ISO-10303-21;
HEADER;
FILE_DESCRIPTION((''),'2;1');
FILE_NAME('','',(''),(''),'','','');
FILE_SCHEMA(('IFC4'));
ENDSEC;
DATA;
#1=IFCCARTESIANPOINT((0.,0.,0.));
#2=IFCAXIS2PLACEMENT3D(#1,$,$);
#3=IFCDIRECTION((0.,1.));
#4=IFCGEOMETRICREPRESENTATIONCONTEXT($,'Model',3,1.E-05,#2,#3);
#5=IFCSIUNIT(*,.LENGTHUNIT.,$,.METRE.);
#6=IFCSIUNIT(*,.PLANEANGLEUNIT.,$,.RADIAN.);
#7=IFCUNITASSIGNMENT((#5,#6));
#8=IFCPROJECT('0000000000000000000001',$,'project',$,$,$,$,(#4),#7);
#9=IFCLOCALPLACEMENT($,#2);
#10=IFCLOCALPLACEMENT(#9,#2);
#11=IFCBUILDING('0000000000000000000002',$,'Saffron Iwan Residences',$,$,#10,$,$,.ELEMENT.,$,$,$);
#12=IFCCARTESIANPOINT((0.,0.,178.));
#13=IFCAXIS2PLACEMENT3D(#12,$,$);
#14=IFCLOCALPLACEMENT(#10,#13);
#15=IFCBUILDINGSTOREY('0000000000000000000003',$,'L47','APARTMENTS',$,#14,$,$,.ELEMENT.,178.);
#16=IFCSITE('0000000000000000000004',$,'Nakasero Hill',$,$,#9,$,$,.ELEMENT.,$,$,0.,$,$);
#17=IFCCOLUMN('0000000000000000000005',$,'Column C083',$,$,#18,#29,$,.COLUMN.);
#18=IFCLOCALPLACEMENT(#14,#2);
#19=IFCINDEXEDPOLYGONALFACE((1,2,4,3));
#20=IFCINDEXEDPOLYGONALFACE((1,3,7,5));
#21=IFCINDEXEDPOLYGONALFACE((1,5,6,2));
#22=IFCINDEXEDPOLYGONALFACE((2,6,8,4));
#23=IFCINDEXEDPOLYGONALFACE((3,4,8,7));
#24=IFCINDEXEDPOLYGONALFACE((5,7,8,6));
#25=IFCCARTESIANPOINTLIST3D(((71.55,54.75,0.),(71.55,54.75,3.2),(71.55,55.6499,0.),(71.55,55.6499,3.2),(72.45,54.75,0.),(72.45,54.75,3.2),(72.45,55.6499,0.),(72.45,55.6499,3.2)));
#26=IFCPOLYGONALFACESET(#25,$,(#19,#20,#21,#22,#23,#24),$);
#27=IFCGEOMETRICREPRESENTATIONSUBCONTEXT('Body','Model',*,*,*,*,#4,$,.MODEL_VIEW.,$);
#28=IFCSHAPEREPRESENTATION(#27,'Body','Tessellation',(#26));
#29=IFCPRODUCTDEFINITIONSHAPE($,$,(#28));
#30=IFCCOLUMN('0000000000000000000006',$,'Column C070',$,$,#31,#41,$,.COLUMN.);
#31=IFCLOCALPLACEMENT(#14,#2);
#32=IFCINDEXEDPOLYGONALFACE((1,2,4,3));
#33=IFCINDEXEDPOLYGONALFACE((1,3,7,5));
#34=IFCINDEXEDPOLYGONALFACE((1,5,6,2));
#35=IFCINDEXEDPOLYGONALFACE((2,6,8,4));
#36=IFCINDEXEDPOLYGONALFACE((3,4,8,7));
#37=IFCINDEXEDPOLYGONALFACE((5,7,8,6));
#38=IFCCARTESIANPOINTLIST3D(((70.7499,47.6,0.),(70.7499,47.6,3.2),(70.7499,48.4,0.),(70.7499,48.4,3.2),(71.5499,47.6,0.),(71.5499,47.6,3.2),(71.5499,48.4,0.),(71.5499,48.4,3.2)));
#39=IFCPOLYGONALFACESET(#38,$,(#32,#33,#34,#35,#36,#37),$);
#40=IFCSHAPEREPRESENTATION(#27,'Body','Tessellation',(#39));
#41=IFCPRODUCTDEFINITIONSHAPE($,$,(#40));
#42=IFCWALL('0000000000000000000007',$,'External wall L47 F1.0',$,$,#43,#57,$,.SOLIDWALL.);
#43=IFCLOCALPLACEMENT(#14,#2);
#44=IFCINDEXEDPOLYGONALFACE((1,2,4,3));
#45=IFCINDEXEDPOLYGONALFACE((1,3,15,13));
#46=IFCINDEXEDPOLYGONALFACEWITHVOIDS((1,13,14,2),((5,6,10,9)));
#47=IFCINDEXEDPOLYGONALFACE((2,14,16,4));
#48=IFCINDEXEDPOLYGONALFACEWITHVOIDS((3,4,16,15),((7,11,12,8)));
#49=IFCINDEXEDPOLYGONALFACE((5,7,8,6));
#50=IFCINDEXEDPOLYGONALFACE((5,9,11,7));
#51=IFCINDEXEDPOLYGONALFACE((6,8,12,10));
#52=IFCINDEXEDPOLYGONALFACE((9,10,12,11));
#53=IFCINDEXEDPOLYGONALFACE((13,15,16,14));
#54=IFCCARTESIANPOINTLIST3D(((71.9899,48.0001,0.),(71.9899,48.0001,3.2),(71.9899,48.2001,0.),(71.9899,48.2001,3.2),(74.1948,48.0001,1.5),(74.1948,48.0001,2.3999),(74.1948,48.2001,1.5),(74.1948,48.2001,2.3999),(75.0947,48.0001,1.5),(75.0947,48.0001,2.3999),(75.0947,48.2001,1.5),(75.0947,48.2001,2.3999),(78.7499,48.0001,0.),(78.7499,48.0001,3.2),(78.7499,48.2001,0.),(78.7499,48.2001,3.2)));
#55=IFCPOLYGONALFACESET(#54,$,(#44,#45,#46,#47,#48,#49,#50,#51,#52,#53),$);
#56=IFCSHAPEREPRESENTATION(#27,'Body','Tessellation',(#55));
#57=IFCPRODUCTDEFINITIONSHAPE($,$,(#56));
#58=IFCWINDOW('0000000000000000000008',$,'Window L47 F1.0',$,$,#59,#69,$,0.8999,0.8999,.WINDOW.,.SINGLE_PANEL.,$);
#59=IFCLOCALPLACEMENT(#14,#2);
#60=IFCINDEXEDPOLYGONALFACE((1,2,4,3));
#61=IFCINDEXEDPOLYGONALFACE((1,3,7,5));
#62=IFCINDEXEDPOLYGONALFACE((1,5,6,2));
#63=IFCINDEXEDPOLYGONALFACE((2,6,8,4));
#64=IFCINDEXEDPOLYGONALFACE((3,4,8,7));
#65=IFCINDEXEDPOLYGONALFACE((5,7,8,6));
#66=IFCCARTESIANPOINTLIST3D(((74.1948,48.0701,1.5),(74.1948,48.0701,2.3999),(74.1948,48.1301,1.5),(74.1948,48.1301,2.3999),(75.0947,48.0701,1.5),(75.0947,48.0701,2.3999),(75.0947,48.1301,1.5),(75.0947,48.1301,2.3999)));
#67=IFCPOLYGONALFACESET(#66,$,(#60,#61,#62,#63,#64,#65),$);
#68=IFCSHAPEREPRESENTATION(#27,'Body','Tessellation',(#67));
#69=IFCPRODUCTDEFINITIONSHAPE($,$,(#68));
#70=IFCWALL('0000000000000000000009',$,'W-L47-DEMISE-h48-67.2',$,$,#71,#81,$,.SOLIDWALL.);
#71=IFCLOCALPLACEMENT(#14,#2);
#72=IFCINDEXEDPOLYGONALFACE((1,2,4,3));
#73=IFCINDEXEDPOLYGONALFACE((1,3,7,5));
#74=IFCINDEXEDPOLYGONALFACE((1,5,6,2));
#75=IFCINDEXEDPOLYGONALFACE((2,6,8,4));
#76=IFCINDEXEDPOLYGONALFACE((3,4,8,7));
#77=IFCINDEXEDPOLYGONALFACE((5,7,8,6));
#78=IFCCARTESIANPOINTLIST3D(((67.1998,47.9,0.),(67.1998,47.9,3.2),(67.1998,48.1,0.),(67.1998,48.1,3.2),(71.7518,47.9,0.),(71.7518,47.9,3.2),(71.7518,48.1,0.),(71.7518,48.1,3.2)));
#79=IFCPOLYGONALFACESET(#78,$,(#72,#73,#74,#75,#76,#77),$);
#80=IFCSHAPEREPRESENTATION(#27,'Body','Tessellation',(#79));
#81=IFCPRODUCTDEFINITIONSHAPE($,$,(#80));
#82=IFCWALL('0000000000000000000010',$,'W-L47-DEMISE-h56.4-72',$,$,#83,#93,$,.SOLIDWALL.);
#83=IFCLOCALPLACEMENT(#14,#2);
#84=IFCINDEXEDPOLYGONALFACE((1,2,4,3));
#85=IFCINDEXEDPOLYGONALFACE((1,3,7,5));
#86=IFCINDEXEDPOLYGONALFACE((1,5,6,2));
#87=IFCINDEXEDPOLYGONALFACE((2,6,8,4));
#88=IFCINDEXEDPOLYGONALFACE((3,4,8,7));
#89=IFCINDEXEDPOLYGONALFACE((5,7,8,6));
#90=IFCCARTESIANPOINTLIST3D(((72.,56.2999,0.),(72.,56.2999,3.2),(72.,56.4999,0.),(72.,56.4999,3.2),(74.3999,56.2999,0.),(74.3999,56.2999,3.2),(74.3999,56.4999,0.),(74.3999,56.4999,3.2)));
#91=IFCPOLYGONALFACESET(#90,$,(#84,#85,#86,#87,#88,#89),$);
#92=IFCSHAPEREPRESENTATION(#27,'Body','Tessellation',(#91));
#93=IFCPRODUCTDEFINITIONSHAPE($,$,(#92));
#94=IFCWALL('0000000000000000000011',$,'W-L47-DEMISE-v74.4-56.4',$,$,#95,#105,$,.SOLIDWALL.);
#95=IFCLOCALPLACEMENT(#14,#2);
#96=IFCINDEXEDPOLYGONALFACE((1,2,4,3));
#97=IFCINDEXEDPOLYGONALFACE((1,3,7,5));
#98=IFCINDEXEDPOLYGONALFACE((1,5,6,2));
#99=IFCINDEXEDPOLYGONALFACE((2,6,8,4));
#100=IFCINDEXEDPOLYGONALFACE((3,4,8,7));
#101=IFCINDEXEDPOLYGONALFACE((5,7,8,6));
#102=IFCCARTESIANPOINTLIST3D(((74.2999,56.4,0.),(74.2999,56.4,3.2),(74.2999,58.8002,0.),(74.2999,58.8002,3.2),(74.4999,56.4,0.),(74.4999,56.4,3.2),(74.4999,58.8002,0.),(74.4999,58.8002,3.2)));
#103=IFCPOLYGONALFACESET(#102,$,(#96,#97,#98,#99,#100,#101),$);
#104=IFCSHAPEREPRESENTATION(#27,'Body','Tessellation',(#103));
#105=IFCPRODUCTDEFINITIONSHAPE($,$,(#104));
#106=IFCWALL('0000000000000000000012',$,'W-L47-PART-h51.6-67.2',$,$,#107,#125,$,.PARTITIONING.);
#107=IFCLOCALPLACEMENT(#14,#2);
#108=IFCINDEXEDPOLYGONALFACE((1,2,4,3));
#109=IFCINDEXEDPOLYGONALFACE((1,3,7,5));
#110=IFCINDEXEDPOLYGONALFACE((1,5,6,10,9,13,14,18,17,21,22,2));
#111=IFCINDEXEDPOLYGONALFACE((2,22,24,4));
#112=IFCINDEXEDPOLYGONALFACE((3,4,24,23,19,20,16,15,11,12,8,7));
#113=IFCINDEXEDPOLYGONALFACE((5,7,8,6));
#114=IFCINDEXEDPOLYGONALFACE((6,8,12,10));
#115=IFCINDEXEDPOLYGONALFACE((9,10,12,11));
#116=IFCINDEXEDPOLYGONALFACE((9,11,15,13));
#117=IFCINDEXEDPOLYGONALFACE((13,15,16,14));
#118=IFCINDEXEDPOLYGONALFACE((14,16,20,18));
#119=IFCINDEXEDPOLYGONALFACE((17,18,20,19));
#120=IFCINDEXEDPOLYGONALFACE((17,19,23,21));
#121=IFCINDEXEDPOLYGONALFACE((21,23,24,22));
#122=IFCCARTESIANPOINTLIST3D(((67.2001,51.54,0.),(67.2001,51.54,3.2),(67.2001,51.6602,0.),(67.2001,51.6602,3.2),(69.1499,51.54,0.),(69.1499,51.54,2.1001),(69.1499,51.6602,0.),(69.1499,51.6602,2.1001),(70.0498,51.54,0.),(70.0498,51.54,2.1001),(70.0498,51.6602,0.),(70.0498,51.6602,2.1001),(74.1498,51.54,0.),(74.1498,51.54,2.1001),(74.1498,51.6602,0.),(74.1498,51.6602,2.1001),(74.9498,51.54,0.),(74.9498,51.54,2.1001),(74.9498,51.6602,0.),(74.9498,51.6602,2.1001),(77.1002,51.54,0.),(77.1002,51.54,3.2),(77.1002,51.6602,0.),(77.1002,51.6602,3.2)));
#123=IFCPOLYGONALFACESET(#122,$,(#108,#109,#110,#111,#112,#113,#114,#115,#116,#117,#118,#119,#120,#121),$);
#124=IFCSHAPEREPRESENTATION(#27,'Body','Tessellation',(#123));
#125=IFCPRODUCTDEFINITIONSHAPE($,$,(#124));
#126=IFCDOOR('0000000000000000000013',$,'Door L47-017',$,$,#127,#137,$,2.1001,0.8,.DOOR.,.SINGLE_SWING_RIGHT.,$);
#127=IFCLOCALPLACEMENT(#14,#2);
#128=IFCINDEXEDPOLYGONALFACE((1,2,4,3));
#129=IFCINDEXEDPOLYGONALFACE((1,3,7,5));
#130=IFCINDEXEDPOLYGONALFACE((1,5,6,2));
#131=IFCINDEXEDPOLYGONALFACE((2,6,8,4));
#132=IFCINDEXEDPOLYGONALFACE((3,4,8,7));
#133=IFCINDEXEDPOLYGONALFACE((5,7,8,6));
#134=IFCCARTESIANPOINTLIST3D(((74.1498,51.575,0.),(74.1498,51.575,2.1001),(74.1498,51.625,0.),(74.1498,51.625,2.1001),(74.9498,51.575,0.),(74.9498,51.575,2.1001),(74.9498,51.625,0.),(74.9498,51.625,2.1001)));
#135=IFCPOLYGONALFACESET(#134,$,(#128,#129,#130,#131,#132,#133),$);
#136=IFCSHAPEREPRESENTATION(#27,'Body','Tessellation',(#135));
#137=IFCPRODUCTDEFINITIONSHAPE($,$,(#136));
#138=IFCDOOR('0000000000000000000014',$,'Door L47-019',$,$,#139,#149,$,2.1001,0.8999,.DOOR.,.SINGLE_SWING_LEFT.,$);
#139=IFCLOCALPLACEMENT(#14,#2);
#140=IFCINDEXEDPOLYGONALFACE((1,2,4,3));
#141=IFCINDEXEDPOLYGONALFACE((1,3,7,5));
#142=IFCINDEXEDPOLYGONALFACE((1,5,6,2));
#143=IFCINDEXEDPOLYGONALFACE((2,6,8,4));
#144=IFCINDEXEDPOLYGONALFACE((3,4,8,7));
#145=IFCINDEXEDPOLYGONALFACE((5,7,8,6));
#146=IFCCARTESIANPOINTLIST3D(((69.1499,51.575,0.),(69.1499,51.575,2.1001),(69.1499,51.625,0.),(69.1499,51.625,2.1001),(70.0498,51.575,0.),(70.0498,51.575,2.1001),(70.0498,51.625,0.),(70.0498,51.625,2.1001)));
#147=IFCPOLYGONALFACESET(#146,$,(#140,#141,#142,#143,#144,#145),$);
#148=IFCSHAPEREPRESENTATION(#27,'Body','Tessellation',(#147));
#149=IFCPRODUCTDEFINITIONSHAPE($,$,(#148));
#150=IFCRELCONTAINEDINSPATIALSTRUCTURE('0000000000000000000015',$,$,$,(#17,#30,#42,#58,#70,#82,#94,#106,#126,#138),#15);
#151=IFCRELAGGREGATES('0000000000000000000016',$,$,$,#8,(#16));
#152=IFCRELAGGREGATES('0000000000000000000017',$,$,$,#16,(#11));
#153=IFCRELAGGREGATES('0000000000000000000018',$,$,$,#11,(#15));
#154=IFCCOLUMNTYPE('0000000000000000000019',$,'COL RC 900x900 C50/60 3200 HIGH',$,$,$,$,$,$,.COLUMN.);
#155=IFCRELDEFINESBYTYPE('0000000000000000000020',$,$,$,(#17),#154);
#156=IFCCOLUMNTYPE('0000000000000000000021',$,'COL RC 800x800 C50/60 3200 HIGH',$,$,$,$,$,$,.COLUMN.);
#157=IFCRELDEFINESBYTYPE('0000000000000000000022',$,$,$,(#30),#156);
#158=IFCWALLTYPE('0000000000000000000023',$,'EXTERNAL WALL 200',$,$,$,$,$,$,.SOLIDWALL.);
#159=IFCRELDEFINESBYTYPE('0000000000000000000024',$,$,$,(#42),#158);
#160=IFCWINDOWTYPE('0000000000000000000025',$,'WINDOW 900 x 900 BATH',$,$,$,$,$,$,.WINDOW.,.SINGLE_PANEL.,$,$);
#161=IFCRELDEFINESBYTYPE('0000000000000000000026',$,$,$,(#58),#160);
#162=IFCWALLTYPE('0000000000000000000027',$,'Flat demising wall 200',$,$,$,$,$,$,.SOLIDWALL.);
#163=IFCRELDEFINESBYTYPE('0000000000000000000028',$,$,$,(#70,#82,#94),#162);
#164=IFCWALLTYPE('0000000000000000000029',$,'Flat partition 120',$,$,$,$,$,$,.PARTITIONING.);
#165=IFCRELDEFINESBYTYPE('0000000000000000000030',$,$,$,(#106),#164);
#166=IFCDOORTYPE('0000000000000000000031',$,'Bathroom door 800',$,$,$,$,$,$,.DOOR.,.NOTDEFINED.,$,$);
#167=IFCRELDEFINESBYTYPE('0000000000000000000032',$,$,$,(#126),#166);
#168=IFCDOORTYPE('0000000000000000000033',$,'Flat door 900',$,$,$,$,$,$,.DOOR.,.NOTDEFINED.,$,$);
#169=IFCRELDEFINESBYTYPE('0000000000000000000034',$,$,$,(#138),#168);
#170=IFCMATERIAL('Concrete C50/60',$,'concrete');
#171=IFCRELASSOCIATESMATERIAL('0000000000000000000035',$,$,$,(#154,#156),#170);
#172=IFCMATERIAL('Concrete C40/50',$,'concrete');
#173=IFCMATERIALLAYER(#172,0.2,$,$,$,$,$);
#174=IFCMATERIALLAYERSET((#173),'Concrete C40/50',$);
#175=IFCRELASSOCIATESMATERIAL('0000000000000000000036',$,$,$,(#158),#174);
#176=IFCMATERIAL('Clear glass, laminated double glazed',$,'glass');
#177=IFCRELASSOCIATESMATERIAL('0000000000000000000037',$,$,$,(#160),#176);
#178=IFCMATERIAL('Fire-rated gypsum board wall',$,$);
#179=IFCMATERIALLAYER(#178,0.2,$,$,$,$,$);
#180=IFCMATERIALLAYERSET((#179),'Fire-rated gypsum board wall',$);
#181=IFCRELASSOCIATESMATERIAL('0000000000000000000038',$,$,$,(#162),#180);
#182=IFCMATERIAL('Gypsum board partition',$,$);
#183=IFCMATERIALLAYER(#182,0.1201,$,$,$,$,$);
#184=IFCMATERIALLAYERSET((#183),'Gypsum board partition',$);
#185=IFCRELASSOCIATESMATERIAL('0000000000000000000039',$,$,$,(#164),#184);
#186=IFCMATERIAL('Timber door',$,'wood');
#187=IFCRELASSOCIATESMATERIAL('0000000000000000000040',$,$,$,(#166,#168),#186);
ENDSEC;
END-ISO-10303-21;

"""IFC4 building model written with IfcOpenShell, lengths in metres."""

from ifc_helpers import new_model, si_unit, direction, frame, frame_2d, origin, origin_2d, place, context, subcontext, project, spatial, rectangle, extrude, source, transform, mapped, material, layer, layer_set, material_profile, profile_set, type_object, element, fill, save


model = new_model("IFC4")

# Units and contexts
model_context = context("Model", 3, precision=1e-05, world=origin(), true_north=direction((0.0, 1.0)))
body_context = subcontext(model_context, "Body", "Model", "MODEL_VIEW")
ifc_project = project(units=[si_unit("LENGTHUNIT", "METRE"), si_unit("PLANEANGLEUNIT", "RADIAN")], contexts=[model_context])

# Site, building, storey
site_placement = place(None, origin())
site = spatial("IfcSite", under=ifc_project, at=site_placement, Name="Nakasero Hill", CompositionType="ELEMENT", RefElevation=0.0)
building_placement = place(site_placement, origin())
building = spatial("IfcBuilding", under=site, at=building_placement, Name="Saffron Iwan Residences", CompositionType="ELEMENT")
storey_placement = place(building_placement, frame((0.0, 0.0, 178.0)))
storey = spatial("IfcBuildingStorey", under=building, at=storey_placement, Name="L47", Description="APARTMENTS", CompositionType="ELEMENT", Elevation=178.0)

# Columns
ifc_material_1 = material(Name="Concrete C50/60", Category="concrete")
ifc_material_profile_1 = material_profile(ifc_material_1, rectangle(XDim=0.8999, YDim=0.8999, at=origin_2d()), Name="RC 900x900")
ifc_profile_set_1 = profile_set([ifc_material_profile_1], Name="Concrete C50/60")
column_type_1 = type_object("IfcColumnType", Name="COL RC 900x900 C50/60 3200 HIGH", PredefinedType="COLUMN", material=ifc_profile_set_1)
shared_shape_1 = source(origin(), body_context, "Body", "SweptSolid", [
    extrude(rectangle(XDim=0.8999, YDim=0.8999, at=origin_2d()), origin(), (0.0, 0.0, 1.0), 3.2),
])
column_1_placement = place(storey_placement, frame((72.0, 55.2, 0.0), z_axis=(0.0, 0.0, 1.0), x_axis=(1.0, 0.0, 0.0)))
element("IfcColumn", 1, at=column_1_placement, inside=storey, type_object=column_type_1, Name="Column C083", PredefinedType="COLUMN", context=body_context, shape_type="MappedRepresentation", body=[
    mapped(shared_shape_1, transform((0.0, 0.0, 0.0))),
])
ifc_material_profile_2 = material_profile(ifc_material_1, rectangle(XDim=0.8, YDim=0.8, at=origin_2d()), Name="RC 800x800")
ifc_profile_set_2 = profile_set([ifc_material_profile_2], Name="Concrete C50/60")
column_type_2 = type_object("IfcColumnType", Name="COL RC 800x800 C50/60 3200 HIGH", PredefinedType="COLUMN", material=ifc_profile_set_2)
shared_shape_2 = source(origin(), body_context, "Body", "SweptSolid", [
    extrude(rectangle(XDim=0.8, YDim=0.8, at=origin_2d()), origin(), (0.0, 0.0, 1.0), 3.2),
])
column_2_placement = place(storey_placement, frame((71.1499, 48.0, 0.0), z_axis=(0.0, 0.0, 1.0), x_axis=(1.0, 0.0, 0.0)))
element("IfcColumn", 2, at=column_2_placement, inside=storey, type_object=column_type_2, Name="Column C070", PredefinedType="COLUMN", context=body_context, shape_type="MappedRepresentation", body=[
    mapped(shared_shape_2, transform((0.0, 0.0, 0.0))),
])

# Wall, opening, window
ifc_material_2 = material(Name="Concrete C40/50", Category="concrete")
ifc_layer_1 = layer(ifc_material_2, 0.2)
ifc_layer_set_1 = layer_set([ifc_layer_1], Name="Concrete C40/50")
wall_type_1 = type_object("IfcWallType", Name="EXTERNAL WALL 200", PredefinedType="SOLIDWALL", material=ifc_layer_set_1)
wall_1_placement = place(storey_placement, frame((71.99, 48.1001, 0.0), z_axis=(0.0, 0.0, 1.0), x_axis=(1.0, 0.0, 0.0)))
wall_1 = element("IfcWall", 3, at=wall_1_placement, inside=storey, type_object=wall_type_1, Name="External wall L47 F1.0", PredefinedType="SOLIDWALL", context=body_context, shape_type="SweptSolid", body=[
    extrude(rectangle(XDim=6.76, YDim=0.2, at=frame_2d((3.3799, 0.0))), origin(), (0.0, 0.0, 1.0), 3.2),
])
opening_1_placement = place(wall_1_placement, frame((2.2048, 0.0, 1.5)))
opening_1 = element("IfcOpeningElement", 4, at=opening_1_placement, cuts=wall_1, PredefinedType="OPENING", context=body_context, shape_type="SweptSolid", body=[
    extrude(rectangle(XDim=0.8999, YDim=0.8999, at=frame_2d((0.45, 0.45))), frame((0.0, 0.1099, 0.0), z_axis=(0.0, -1.0, 0.0), x_axis=(1.0, 0.0, 0.0)), (0.0, 0.0, 1.0), 0.22),
])
ifc_material_3 = material(Name="Clear glass, laminated double glazed", Category="glass")
window_type = type_object("IfcWindowType", Name="WINDOW 900 x 900 BATH", PartitioningType="SINGLE_PANEL", PredefinedType="WINDOW", material=ifc_material_3)
window_placement = place(opening_1_placement, origin())
window = element("IfcWindow", 5, at=window_placement, inside=storey, type_object=window_type, Name="Window L47 F1.0", OverallHeight=0.8999, OverallWidth=0.8999, PartitioningType="SINGLE_PANEL", PredefinedType="WINDOW", context=body_context, shape_type="SweptSolid", body=[
    extrude(rectangle(XDim=0.8999, YDim=0.8999, at=frame_2d((0.45, 0.45))), frame((0.0, 0.03, 0.0), z_axis=(0.0, -1.0, 0.0), x_axis=(1.0, 0.0, 0.0)), (0.0, 0.0, 1.0), 0.0601),
])
fill(opening_1, window)

# Walls
ifc_material_4 = material(Name="Fire-rated gypsum board wall")
ifc_layer_2 = layer(ifc_material_4, 0.2)
ifc_layer_set_2 = layer_set([ifc_layer_2], Name="Fire-rated gypsum board wall")
wall_type_2 = type_object("IfcWallType", Name="Flat demising wall 200", PredefinedType="SOLIDWALL", material=ifc_layer_set_2)
wall_2_placement = place(storey_placement, frame((67.2, 48.0, 0.0), z_axis=(0.0, 0.0, 1.0), x_axis=(1.0, 0.0, 0.0)))
element("IfcWall", 6, at=wall_2_placement, inside=storey, type_object=wall_type_2, Name="W-L47-DEMISE-h48-67.2", PredefinedType="SOLIDWALL", context=body_context, shape_type="SweptSolid", body=[
    extrude(rectangle(XDim=4.552, YDim=0.2, at=frame_2d((2.2759, 0.0))), origin(), (0.0, 0.0, 1.0), 3.2),
])
wall_3_placement = place(storey_placement, frame((72.0, 56.3999, 0.0), z_axis=(0.0, 0.0, 1.0), x_axis=(1.0, 0.0, 0.0)))
element("IfcWall", 7, at=wall_3_placement, inside=storey, type_object=wall_type_2, Name="W-L47-DEMISE-h56.4-72", PredefinedType="SOLIDWALL", context=body_context, shape_type="SweptSolid", body=[
    extrude(rectangle(XDim=2.3999, YDim=0.2, at=frame_2d((1.2, 0.0))), origin(), (0.0, 0.0, 1.0), 3.2),
])
wall_4_placement = place(storey_placement, frame((74.3999, 56.3999, 0.0), z_axis=(0.0, 0.0, 1.0), x_axis=(0.0, 1.0, 0.0)))
element("IfcWall", 8, at=wall_4_placement, inside=storey, type_object=wall_type_2, Name="W-L47-DEMISE-v74.4-56.4", PredefinedType="SOLIDWALL", context=body_context, shape_type="SweptSolid", body=[
    extrude(rectangle(XDim=2.4001, YDim=0.2, at=frame_2d((1.2002, 0.0))), origin(), (0.0, 0.0, 1.0), 3.2),
])

# Wall, openings, doors
ifc_material_5 = material(Name="Gypsum board partition")
ifc_layer_3 = layer(ifc_material_5, 0.1201)
ifc_layer_set_3 = layer_set([ifc_layer_3], Name="Gypsum board partition")
wall_type_3 = type_object("IfcWallType", Name="Flat partition 120", PredefinedType="PARTITIONING", material=ifc_layer_set_3)
wall_5_placement = place(storey_placement, frame((67.2, 51.6001, 0.0), z_axis=(0.0, 0.0, 1.0), x_axis=(1.0, 0.0, 0.0)))
wall_5 = element("IfcWall", 9, at=wall_5_placement, inside=storey, type_object=wall_type_3, Name="W-L47-PART-h51.6-67.2", PredefinedType="PARTITIONING", context=body_context, shape_type="SweptSolid", body=[
    extrude(rectangle(XDim=9.9001, YDim=0.1201, at=frame_2d((4.9502, 0.0))), origin(), (0.0, 0.0, 1.0), 3.2),
])
opening_2_placement = place(wall_5_placement, frame((6.95, 0.0, 0.0)))
opening_2 = element("IfcOpeningElement", 10, at=opening_2_placement, cuts=wall_5, PredefinedType="OPENING", context=body_context, shape_type="SweptSolid", body=[
    extrude(rectangle(XDim=0.8, YDim=2.1001, at=frame_2d((0.3999, 1.05))), frame((0.0, 0.0701, 0.0), z_axis=(0.0, -1.0, 0.0), x_axis=(1.0, 0.0, 0.0)), (0.0, 0.0, 1.0), 0.1401),
])
opening_3_placement = place(wall_5_placement, frame((1.95, 0.0, 0.0)))
opening_3 = element("IfcOpeningElement", 11, at=opening_3_placement, cuts=wall_5, PredefinedType="OPENING", context=body_context, shape_type="SweptSolid", body=[
    extrude(rectangle(XDim=0.8999, YDim=2.1001, at=frame_2d((0.45, 1.05))), frame((0.0, 0.0701, 0.0), z_axis=(0.0, -1.0, 0.0), x_axis=(1.0, 0.0, 0.0)), (0.0, 0.0, 1.0), 0.1401),
])
ifc_material_6 = material(Name="Timber door", Category="wood")
door_type_1 = type_object("IfcDoorType", Name="Bathroom door 800", OperationType="NOTDEFINED", PredefinedType="DOOR", material=ifc_material_6)
door_1_placement = place(opening_2_placement, origin())
door_1 = element("IfcDoor", 12, at=door_1_placement, inside=storey, type_object=door_type_1, Name="Door L47-017", OperationType="SINGLE_SWING_RIGHT", OverallHeight=2.1001, OverallWidth=0.8, PredefinedType="DOOR", context=body_context, shape_type="SweptSolid", body=[
    extrude(rectangle(XDim=0.8, YDim=2.1001, at=frame_2d((0.3999, 1.05))), frame((0.0, 0.0249, 0.0), z_axis=(0.0, -1.0, 0.0), x_axis=(1.0, 0.0, 0.0)), (0.0, 0.0, 1.0), 0.05),
])
fill(opening_2, door_1)
door_type_2 = type_object("IfcDoorType", Name="Flat door 900", OperationType="NOTDEFINED", PredefinedType="DOOR", material=ifc_material_6)
door_2_placement = place(opening_3_placement, origin())
door_2 = element("IfcDoor", 13, at=door_2_placement, inside=storey, type_object=door_type_2, Name="Door L47-019", OperationType="SINGLE_SWING_LEFT", OverallHeight=2.1001, OverallWidth=0.8999, PredefinedType="DOOR", context=body_context, shape_type="SweptSolid", body=[
    extrude(rectangle(XDim=0.8999, YDim=2.1001, at=frame_2d((0.45, 1.05))), frame((0.0, 0.0249, 0.0), z_axis=(0.0, -1.0, 0.0), x_axis=(1.0, 0.0, 0.0)), (0.0, 0.0, 1.0), 0.05),
])
fill(opening_3, door_2)

save(model, "model.ifc")
